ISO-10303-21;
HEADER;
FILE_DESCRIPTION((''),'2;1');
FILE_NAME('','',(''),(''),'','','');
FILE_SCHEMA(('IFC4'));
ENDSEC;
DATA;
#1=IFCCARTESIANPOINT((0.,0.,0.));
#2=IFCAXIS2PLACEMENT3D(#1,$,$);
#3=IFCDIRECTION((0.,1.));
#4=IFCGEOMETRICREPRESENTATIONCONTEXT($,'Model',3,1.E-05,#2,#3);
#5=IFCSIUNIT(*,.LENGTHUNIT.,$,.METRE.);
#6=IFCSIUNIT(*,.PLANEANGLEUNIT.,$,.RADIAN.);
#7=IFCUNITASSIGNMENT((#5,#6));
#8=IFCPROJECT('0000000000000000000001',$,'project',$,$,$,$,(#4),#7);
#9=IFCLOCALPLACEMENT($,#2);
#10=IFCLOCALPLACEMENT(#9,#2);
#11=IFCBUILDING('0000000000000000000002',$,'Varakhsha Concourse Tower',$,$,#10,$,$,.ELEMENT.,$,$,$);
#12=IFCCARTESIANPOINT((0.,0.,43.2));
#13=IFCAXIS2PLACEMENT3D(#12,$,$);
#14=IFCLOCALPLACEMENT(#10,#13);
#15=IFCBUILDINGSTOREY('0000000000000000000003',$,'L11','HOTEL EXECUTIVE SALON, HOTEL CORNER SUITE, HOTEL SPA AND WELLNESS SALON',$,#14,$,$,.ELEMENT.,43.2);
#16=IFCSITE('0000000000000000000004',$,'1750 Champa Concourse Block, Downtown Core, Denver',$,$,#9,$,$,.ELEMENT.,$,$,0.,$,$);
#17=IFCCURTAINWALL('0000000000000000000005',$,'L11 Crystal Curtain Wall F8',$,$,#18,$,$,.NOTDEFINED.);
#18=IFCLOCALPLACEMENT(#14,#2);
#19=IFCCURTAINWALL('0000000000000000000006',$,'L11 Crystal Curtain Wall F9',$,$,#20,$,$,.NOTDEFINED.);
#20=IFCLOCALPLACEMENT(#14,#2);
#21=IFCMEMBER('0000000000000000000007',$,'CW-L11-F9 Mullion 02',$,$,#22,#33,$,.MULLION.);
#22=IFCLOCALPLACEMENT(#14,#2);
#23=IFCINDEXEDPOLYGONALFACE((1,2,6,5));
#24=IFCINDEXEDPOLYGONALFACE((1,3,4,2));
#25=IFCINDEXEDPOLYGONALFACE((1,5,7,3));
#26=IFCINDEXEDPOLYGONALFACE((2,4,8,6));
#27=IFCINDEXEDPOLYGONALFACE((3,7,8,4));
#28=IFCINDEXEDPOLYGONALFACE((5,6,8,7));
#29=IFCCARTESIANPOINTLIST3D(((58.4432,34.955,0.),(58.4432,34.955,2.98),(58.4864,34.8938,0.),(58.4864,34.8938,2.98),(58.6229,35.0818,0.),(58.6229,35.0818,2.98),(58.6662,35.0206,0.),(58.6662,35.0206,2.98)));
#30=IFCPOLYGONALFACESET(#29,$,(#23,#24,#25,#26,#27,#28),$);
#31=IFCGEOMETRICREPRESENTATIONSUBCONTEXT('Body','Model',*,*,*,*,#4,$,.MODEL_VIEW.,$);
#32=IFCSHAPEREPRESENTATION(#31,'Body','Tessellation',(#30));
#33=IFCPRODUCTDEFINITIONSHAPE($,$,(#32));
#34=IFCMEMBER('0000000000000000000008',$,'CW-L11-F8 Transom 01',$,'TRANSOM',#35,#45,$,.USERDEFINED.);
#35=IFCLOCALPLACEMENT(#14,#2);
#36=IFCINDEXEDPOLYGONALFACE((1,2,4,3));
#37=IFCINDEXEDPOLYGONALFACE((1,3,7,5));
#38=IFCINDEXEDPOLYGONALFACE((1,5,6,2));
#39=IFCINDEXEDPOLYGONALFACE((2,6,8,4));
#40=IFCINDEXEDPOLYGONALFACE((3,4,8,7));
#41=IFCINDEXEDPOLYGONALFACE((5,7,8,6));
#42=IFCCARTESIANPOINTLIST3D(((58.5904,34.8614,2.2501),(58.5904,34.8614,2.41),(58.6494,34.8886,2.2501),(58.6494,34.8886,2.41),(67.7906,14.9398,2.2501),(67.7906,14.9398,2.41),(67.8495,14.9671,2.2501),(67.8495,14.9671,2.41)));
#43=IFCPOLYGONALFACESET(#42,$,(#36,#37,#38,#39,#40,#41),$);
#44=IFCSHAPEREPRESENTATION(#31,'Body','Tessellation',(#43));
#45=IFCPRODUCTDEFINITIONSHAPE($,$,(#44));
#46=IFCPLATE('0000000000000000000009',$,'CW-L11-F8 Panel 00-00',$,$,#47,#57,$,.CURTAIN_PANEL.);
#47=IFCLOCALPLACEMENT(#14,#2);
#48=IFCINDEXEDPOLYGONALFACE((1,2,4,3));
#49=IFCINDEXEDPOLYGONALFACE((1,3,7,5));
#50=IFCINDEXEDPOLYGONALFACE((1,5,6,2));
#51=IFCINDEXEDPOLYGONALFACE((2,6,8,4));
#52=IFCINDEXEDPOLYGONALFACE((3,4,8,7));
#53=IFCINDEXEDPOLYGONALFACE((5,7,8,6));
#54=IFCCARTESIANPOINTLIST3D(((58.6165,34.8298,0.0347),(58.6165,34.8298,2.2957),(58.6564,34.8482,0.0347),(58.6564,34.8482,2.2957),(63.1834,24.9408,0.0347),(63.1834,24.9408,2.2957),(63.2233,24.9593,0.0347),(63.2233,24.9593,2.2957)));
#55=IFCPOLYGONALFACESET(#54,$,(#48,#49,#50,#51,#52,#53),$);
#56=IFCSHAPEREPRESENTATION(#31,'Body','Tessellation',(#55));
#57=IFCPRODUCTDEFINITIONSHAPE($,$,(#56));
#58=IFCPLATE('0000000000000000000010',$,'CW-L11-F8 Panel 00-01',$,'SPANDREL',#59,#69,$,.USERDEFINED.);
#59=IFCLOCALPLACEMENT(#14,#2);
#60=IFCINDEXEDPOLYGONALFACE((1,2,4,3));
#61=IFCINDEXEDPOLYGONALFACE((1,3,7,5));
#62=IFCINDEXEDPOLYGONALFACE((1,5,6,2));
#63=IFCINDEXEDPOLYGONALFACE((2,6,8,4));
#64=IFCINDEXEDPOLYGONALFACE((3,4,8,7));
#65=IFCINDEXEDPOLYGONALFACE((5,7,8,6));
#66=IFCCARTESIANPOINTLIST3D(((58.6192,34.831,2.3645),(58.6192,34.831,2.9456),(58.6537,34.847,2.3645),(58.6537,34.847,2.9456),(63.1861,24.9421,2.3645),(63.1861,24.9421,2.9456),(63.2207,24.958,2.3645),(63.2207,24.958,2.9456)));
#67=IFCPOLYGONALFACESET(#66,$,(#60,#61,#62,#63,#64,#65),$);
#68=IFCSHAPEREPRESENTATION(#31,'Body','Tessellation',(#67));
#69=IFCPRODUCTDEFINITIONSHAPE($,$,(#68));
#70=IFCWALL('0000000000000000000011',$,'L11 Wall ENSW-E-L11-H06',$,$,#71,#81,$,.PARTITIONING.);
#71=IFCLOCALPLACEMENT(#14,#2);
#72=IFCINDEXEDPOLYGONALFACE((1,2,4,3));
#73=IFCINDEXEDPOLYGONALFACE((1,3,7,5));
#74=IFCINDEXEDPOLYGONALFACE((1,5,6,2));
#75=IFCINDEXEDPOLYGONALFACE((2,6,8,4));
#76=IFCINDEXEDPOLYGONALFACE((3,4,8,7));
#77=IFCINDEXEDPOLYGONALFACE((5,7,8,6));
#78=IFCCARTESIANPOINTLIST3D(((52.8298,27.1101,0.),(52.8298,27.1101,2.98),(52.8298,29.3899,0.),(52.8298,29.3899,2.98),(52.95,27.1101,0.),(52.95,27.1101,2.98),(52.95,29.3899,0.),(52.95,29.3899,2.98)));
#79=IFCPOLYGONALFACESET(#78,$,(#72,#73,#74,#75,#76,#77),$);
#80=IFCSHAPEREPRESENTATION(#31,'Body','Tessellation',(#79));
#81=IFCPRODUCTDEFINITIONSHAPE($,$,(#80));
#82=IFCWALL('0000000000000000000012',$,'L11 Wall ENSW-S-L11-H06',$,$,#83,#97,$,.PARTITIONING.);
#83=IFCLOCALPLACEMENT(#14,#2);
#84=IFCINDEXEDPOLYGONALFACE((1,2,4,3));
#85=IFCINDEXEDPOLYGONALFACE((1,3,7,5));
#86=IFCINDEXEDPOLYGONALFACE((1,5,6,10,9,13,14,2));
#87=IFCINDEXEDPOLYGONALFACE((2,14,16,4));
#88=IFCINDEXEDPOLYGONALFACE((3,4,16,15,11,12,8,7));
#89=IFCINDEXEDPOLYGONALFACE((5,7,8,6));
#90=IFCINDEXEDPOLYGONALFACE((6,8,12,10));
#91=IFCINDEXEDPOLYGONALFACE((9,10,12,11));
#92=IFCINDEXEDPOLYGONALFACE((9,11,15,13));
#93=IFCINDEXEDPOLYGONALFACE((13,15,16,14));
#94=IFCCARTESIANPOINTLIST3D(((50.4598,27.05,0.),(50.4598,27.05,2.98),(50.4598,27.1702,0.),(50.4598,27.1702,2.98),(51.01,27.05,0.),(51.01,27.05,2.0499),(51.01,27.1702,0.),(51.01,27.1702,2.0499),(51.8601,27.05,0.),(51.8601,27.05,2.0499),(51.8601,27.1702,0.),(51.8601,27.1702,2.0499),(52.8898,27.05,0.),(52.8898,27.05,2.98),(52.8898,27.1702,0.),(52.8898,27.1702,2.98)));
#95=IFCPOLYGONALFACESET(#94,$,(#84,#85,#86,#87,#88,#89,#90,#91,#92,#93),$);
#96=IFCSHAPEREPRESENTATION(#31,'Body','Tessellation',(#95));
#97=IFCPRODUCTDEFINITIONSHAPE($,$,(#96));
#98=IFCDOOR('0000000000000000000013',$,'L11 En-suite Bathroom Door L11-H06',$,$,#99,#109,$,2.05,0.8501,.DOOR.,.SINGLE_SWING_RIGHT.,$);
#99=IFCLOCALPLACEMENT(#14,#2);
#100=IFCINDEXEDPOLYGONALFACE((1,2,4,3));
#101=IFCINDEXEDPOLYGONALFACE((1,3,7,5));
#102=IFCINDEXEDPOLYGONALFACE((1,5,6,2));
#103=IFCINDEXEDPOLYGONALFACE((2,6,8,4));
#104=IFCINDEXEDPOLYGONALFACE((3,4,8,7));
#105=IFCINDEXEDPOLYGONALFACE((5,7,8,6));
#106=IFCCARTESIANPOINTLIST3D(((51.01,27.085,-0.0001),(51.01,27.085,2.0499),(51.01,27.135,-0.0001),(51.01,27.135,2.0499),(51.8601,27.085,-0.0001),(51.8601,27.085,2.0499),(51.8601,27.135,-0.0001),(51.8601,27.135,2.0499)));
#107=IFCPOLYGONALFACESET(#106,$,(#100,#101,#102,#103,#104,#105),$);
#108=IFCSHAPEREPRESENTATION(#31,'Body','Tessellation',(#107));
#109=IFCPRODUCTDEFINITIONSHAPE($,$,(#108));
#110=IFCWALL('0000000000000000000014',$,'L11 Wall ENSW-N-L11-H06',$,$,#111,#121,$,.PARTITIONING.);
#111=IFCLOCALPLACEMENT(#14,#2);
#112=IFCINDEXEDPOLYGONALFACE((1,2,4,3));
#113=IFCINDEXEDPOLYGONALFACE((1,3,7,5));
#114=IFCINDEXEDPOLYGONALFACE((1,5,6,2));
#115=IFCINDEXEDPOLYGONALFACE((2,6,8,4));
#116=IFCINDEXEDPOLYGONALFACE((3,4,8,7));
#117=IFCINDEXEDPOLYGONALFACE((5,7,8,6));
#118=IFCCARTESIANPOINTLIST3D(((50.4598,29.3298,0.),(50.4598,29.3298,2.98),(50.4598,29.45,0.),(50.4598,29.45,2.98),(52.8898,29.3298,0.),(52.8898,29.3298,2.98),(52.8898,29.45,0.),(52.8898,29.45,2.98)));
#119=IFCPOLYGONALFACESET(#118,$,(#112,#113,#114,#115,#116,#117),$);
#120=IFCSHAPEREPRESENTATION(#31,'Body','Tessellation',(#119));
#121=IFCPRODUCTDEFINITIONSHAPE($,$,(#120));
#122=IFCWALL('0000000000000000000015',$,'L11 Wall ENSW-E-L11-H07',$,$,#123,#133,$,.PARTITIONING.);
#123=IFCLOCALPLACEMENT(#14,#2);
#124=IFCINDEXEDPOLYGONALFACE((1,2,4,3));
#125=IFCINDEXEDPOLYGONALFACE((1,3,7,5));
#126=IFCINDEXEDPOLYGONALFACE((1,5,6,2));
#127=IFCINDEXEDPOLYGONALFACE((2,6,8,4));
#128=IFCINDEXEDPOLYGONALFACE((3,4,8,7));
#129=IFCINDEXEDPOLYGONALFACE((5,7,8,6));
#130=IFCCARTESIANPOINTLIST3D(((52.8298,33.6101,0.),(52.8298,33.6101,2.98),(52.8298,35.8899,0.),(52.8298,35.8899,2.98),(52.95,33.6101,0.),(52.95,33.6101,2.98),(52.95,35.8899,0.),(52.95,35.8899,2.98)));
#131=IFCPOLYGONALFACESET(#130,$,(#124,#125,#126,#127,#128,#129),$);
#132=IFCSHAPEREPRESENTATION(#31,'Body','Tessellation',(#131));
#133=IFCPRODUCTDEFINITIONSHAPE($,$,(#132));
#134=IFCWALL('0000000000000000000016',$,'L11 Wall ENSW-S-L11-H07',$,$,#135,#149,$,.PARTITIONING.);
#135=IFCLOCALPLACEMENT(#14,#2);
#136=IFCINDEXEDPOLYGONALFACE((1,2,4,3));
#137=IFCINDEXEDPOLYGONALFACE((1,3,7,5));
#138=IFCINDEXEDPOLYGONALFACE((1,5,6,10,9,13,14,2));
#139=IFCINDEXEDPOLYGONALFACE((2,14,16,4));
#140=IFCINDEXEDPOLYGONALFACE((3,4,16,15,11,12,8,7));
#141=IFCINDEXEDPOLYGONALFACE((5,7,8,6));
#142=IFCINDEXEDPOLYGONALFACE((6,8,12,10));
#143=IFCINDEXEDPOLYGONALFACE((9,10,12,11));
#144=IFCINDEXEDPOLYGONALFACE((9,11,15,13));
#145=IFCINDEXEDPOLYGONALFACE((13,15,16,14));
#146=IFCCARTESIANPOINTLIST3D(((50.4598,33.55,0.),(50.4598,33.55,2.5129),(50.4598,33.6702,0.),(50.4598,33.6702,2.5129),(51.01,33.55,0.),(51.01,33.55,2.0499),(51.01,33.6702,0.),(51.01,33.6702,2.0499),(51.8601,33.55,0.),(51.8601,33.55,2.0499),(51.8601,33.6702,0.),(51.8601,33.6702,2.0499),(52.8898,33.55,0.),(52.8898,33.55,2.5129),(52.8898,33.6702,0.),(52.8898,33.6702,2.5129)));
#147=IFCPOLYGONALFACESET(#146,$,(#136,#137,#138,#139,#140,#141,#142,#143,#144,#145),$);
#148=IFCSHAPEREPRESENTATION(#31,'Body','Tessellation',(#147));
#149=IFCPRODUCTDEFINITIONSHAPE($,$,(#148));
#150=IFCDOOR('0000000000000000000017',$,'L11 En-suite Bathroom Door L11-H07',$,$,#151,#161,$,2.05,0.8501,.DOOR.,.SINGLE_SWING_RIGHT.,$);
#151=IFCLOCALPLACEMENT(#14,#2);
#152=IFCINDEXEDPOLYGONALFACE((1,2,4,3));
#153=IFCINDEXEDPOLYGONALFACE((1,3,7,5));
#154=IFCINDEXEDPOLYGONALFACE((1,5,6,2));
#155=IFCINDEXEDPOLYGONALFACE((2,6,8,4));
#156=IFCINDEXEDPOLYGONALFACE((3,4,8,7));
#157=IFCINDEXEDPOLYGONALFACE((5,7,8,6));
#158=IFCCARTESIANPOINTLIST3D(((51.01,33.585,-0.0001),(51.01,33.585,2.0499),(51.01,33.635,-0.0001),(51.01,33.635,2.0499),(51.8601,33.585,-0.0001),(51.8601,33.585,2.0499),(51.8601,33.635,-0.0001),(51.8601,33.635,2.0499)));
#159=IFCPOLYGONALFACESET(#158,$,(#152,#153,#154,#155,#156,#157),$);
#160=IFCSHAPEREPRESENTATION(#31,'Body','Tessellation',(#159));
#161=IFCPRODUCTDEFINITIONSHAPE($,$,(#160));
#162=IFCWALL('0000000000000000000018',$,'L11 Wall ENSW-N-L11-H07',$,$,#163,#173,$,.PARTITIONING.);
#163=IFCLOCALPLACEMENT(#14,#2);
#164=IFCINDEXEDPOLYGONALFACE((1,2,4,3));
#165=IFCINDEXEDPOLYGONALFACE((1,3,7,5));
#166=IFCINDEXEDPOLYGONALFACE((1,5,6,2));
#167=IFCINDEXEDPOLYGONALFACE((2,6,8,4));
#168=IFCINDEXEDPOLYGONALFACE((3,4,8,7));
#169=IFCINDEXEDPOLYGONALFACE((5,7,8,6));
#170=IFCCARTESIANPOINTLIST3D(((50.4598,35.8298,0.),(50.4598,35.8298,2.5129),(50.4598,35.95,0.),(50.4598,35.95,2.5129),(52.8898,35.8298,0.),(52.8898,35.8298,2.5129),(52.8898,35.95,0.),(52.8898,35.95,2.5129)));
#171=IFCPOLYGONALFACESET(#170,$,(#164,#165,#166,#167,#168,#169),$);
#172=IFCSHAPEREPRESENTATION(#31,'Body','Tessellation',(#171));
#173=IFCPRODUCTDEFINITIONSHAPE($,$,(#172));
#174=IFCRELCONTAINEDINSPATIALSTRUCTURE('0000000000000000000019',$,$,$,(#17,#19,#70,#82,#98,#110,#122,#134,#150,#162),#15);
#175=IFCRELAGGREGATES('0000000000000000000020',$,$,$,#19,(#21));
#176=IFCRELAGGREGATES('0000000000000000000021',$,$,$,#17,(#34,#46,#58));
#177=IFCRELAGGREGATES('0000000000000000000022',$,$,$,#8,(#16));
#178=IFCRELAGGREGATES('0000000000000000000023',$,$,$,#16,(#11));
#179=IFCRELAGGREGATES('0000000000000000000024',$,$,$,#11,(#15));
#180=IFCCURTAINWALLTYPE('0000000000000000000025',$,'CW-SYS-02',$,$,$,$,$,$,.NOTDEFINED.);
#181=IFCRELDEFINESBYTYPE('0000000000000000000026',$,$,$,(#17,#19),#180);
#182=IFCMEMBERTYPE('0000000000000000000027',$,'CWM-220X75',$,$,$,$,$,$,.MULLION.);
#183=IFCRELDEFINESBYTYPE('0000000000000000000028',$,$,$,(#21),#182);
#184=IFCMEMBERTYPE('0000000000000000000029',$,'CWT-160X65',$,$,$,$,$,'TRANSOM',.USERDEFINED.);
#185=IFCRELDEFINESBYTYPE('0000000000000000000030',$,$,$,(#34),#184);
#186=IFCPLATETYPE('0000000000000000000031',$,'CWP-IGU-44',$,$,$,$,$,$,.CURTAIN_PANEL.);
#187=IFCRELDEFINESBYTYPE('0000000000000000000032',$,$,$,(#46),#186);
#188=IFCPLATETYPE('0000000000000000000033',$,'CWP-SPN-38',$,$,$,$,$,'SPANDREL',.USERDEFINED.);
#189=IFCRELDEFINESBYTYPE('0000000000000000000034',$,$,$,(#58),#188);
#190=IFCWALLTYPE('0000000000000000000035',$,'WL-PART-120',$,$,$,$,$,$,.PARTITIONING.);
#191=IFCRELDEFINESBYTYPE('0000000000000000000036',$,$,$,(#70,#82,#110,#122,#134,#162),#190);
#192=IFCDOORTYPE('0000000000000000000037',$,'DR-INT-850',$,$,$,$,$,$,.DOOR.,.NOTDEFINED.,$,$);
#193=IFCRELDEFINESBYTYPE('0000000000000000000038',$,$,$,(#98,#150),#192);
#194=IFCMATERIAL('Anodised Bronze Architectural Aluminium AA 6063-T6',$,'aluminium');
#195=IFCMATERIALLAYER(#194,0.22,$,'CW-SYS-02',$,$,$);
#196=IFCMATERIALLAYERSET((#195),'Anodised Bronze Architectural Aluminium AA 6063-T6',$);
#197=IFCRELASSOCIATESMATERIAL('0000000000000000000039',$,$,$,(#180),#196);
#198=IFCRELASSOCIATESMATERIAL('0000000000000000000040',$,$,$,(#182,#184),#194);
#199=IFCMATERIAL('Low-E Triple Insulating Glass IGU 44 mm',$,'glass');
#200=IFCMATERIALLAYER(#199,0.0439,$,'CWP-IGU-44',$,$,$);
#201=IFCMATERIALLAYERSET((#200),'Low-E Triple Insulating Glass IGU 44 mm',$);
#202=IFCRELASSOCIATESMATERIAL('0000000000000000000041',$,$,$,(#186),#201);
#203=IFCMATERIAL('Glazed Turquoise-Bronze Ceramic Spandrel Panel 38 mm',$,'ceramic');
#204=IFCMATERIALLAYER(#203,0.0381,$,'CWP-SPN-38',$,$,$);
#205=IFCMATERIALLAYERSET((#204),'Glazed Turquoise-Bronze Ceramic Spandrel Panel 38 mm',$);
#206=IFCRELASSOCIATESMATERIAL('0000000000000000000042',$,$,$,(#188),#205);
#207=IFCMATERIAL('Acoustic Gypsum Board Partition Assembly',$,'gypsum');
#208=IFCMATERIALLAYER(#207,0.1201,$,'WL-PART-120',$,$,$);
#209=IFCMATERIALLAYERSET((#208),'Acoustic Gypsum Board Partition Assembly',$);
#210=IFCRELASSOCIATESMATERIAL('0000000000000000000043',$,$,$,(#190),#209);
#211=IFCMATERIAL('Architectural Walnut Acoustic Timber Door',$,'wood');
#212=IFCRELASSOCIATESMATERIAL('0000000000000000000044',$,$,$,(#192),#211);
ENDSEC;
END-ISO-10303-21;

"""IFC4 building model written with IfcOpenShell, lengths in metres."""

from ifc_helpers import new_model, si_unit, direction, frame, frame_2d, origin, origin_2d, place, context, subcontext, project, spatial, rectangle, extrude, source, transform, mapped, material, layer, layer_set, material_profile, profile_set, type_object, type_shapes, element, fill, aggregate, save


model = new_model("IFC4")

# Units and contexts
model_context = context("Model", 3, precision=1e-05, world=origin(), true_north=direction((0.0, 1.0)))
body_context = subcontext(model_context, "Body", "Model", "MODEL_VIEW")
ifc_project = project(units=[si_unit("LENGTHUNIT", "METRE"), si_unit("PLANEANGLEUNIT", "RADIAN")], contexts=[model_context])

# Site, building, storey
site_placement = place(None, origin())
site = spatial("IfcSite", under=ifc_project, at=site_placement, Name="1750 Champa Concourse Block, Downtown Core, Denver", CompositionType="ELEMENT", RefElevation=0.0)
building_placement = place(site_placement, origin())
building = spatial("IfcBuilding", under=site, at=building_placement, Name="Varakhsha Concourse Tower", CompositionType="ELEMENT")
storey_placement = place(building_placement, frame((0.0, 0.0, 43.2)))
storey = spatial("IfcBuildingStorey", under=building, at=storey_placement, Name="L11", Description="HOTEL EXECUTIVE SALON, HOTEL CORNER SUITE, HOTEL SPA AND WELLNESS SALON", CompositionType="ELEMENT", Elevation=43.2)

# Curtain wall
ifc_material_1 = material(Name="Anodised Bronze Architectural Aluminium AA 6063-T6", Category="aluminium")
ifc_layer_1 = layer(ifc_material_1, 0.22, Name="CW-SYS-02")
ifc_layer_set_1 = layer_set([ifc_layer_1], Name="Anodised Bronze Architectural Aluminium AA 6063-T6")
curtain_wall_type = type_object("IfcCurtainWallType", Name="CW-SYS-02", PredefinedType="NOTDEFINED", material=ifc_layer_set_1)
curtain_wall_1_placement = place(storey_placement, origin())
curtain_wall_1 = element("IfcCurtainWall", 1, at=curtain_wall_1_placement, inside=storey, type_object=curtain_wall_type, Name="L11 Crystal Curtain Wall F8", PredefinedType="NOTDEFINED")
ifc_material_profile_1 = material_profile(ifc_material_1, rectangle(XDim=0.075, YDim=0.22, at=origin_2d()), Name="CWM-220X75")
ifc_profile_set_1 = profile_set([ifc_material_profile_1], Name="Anodised Bronze Architectural Aluminium AA 6063-T6")
member_type_1 = type_object("IfcMemberType", Name="CWM-220X75", PredefinedType="MULLION", material=ifc_profile_set_1)
shared_shape_1 = source(origin(), body_context, "Body", "SweptSolid", [
    extrude(rectangle(XDim=0.075, YDim=0.22, at=origin_2d()), origin(), (0.0, 0.0, 1.0), 2.98),
])
type_shapes(member_type_1, [shared_shape_1])

# Curtain wall, member
curtain_wall_2_placement = place(storey_placement, origin())
curtain_wall_2 = element("IfcCurtainWall", 2, at=curtain_wall_2_placement, inside=storey, type_object=curtain_wall_type, Name="L11 Crystal Curtain Wall F9", PredefinedType="NOTDEFINED")
member_1_placement = place(storey_placement, frame((58.5547, 34.9878, 0.0), z_axis=(0.0, 0.0, 1.0), x_axis=(0.576593, -0.817031, 0.0)))
member_1 = element("IfcMember", 3, at=member_1_placement, type_object=member_type_1, Name="CW-L11-F9 Mullion 02", PredefinedType="MULLION", context=body_context, shape_type="MappedRepresentation", body=[
    mapped(shared_shape_1, transform((0.0, 0.0, 0.0), scale=1.0)),
])
aggregate(curtain_wall_2, [member_1])

# Member
ifc_material_profile_2 = material_profile(ifc_material_1, rectangle(XDim=0.0649, YDim=0.1599, at=origin_2d()), Name="CWT-160X65")
ifc_profile_set_2 = profile_set([ifc_material_profile_2], Name="Anodised Bronze Architectural Aluminium AA 6063-T6")
member_type_2 = type_object("IfcMemberType", Name="CWT-160X65", ElementType="TRANSOM", PredefinedType="USERDEFINED", material=ifc_profile_set_2)
shared_shape_2 = source(origin(), body_context, "Body", "SweptSolid", [
    extrude(rectangle(XDim=0.0649, YDim=0.1599, at=origin_2d()), origin(), (0.0, 0.0, 1.0), 21.9434),
])
type_shapes(member_type_2, [shared_shape_2])
member_2_placement = place(storey_placement, frame((58.6199, 34.875, 2.3301), z_axis=(0.419268, -0.907862, 0.0), x_axis=(0.907862, 0.419268, 0.0)))
member_2 = element("IfcMember", 4, at=member_2_placement, type_object=member_type_2, Name="CW-L11-F8 Transom 01", ObjectType="TRANSOM", PredefinedType="USERDEFINED", context=body_context, shape_type="MappedRepresentation", body=[
    mapped(shared_shape_2, transform((0.0, 0.0, 0.0), scale=1.0)),
])

# Plates
ifc_material_2 = material(Name="Low-E Triple Insulating Glass IGU 44 mm", Category="glass")
ifc_layer_2 = layer(ifc_material_2, 0.0439, Name="CWP-IGU-44")
ifc_layer_set_2 = layer_set([ifc_layer_2], Name="Low-E Triple Insulating Glass IGU 44 mm")
plate_type_1 = type_object("IfcPlateType", Name="CWP-IGU-44", PredefinedType="CURTAIN_PANEL", material=ifc_layer_set_2)
shared_shape_3 = source(origin(), body_context, "Body", "SweptSolid", [
    extrude(rectangle(XDim=10.8926, YDim=0.0439, at=origin_2d()), origin(), (0.0, 0.0, 1.0), 2.261),
])
type_shapes(plate_type_1, [shared_shape_3])
plate_1_placement = place(storey_placement, frame((60.9199, 29.8945, 0.0347), z_axis=(0.0, 0.0, 1.0), x_axis=(0.41927, -0.907862, 0.0)))
plate_1 = element("IfcPlate", 5, at=plate_1_placement, type_object=plate_type_1, Name="CW-L11-F8 Panel 00-00", PredefinedType="CURTAIN_PANEL", context=body_context, shape_type="MappedRepresentation", body=[
    mapped(shared_shape_3, transform((0.0, 0.0, 0.0), scale=1.0)),
])
ifc_material_3 = material(Name="Glazed Turquoise-Bronze Ceramic Spandrel Panel 38 mm", Category="ceramic")
ifc_layer_3 = layer(ifc_material_3, 0.0381, Name="CWP-SPN-38")
ifc_layer_set_3 = layer_set([ifc_layer_3], Name="Glazed Turquoise-Bronze Ceramic Spandrel Panel 38 mm")
plate_type_2 = type_object("IfcPlateType", Name="CWP-SPN-38", ElementType="SPANDREL", PredefinedType="USERDEFINED", material=ifc_layer_set_3)
shared_shape_4 = source(origin(), body_context, "Body", "SweptSolid", [
    extrude(rectangle(XDim=10.8926, YDim=0.0381, at=origin_2d()), origin(), (0.0, 0.0, 1.0), 0.5811),
])
type_shapes(plate_type_2, [shared_shape_4])
plate_2_placement = place(storey_placement, frame((60.9199, 29.8945, 2.3645), z_axis=(0.0, 0.0, 1.0), x_axis=(0.41927, -0.907862, 0.0)))
plate_2 = element("IfcPlate", 6, at=plate_2_placement, type_object=plate_type_2, Name="CW-L11-F8 Panel 00-01", ObjectType="SPANDREL", PredefinedType="USERDEFINED", context=body_context, shape_type="MappedRepresentation", body=[
    mapped(shared_shape_4, transform((0.0, 0.0, 0.0), scale=1.0)),
])
aggregate(curtain_wall_1, [member_2, plate_1, plate_2])

# Wall
ifc_material_4 = material(Name="Acoustic Gypsum Board Partition Assembly", Category="gypsum")
ifc_layer_4 = layer(ifc_material_4, 0.1201, Name="WL-PART-120")
ifc_layer_set_4 = layer_set([ifc_layer_4], Name="Acoustic Gypsum Board Partition Assembly")
wall_type_1 = type_object("IfcWallType", Name="WL-PART-120", PredefinedType="PARTITIONING", material=ifc_layer_set_4)
wall_1_placement = place(storey_placement, frame((52.8899, 27.1101, 0.0), z_axis=(0.0, 0.0, 1.0), x_axis=(0.0, 1.0, 0.0)))
element("IfcWall", 7, at=wall_1_placement, inside=storey, type_object=wall_type_1, Name="L11 Wall ENSW-E-L11-H06", PredefinedType="PARTITIONING", context=body_context, shape_type="SweptSolid", body=[
    extrude(rectangle(XDim=2.2798, YDim=0.1201, at=frame_2d((1.1399, 0.0))), origin(), (0.0, 0.0, 1.0), 2.98),
])

# Wall, opening, door
wall_2_placement = place(storey_placement, frame((50.46, 27.1101, 0.0), z_axis=(0.0, 0.0, 1.0), x_axis=(1.0, 0.0, 0.0)))
wall_2 = element("IfcWall", 8, at=wall_2_placement, inside=storey, type_object=wall_type_1, Name="L11 Wall ENSW-S-L11-H06", PredefinedType="PARTITIONING", context=body_context, shape_type="SweptSolid", body=[
    extrude(rectangle(XDim=2.4299, YDim=0.1201, at=frame_2d((1.2148, 0.0))), origin(), (0.0, 0.0, 1.0), 2.98),
])
opening_1_placement = place(wall_2_placement, frame((0.55, 0.0, 0.0)))
opening_1 = element("IfcOpeningElement", 9, at=opening_1_placement, cuts=wall_2, PredefinedType="OPENING", context=body_context, shape_type="SweptSolid", body=[
    extrude(rectangle(XDim=0.8501, YDim=2.05, at=frame_2d((0.425, 1.0249))), frame((0.0, 0.0701, 0.0), z_axis=(0.0, -1.0, 0.0), x_axis=(1.0, 0.0, 0.0)), (0.0, 0.0, 1.0), 0.1401),
])
ifc_material_5 = material(Name="Architectural Walnut Acoustic Timber Door", Category="wood")
door_type = type_object("IfcDoorType", Name="DR-INT-850", OperationType="NOTDEFINED", PredefinedType="DOOR", material=ifc_material_5)
door_1_placement = place(opening_1_placement, origin())
door_1 = element("IfcDoor", 10, at=door_1_placement, inside=storey, type_object=door_type, Name="L11 En-suite Bathroom Door L11-H06", OperationType="SINGLE_SWING_RIGHT", OverallHeight=2.05, OverallWidth=0.8501, PredefinedType="DOOR", context=body_context, shape_type="SweptSolid", body=[
    extrude(rectangle(XDim=0.8501, YDim=2.05, at=frame_2d((0.425, 1.0249))), frame((0.0, 0.0249, 0.0), z_axis=(0.0, -1.0, 0.0), x_axis=(1.0, 0.0, 0.0)), (0.0, 0.0, 1.0), 0.05),
])
fill(opening_1, door_1)

# Walls
wall_3_placement = place(storey_placement, frame((50.46, 29.3899, 0.0), z_axis=(0.0, 0.0, 1.0), x_axis=(1.0, 0.0, 0.0)))
element("IfcWall", 11, at=wall_3_placement, inside=storey, type_object=wall_type_1, Name="L11 Wall ENSW-N-L11-H06", PredefinedType="PARTITIONING", context=body_context, shape_type="SweptSolid", body=[
    extrude(rectangle(XDim=2.4299, YDim=0.1201, at=frame_2d((1.2148, 0.0))), origin(), (0.0, 0.0, 1.0), 2.98),
])
wall_4_placement = place(storey_placement, frame((52.8899, 33.6101, 0.0), z_axis=(0.0, 0.0, 1.0), x_axis=(0.0, 1.0, 0.0)))
element("IfcWall", 12, at=wall_4_placement, inside=storey, type_object=wall_type_1, Name="L11 Wall ENSW-E-L11-H07", PredefinedType="PARTITIONING", context=body_context, shape_type="SweptSolid", body=[
    extrude(rectangle(XDim=2.2798, YDim=0.1201, at=frame_2d((1.1399, 0.0))), origin(), (0.0, 0.0, 1.0), 2.98),
])

# Wall, opening, door
wall_5_placement = place(storey_placement, frame((50.46, 33.6101, 0.0), z_axis=(0.0, 0.0, 1.0), x_axis=(1.0, 0.0, 0.0)))
wall_5 = element("IfcWall", 13, at=wall_5_placement, inside=storey, type_object=wall_type_1, Name="L11 Wall ENSW-S-L11-H07", PredefinedType="PARTITIONING", context=body_context, shape_type="SweptSolid", body=[
    extrude(rectangle(XDim=2.4299, YDim=0.1201, at=frame_2d((1.2148, 0.0))), origin(), (0.0, 0.0, 1.0), 2.5129),
])
opening_2_placement = place(wall_5_placement, frame((0.55, 0.0, 0.0)))
opening_2 = element("IfcOpeningElement", 14, at=opening_2_placement, cuts=wall_5, PredefinedType="OPENING", context=body_context, shape_type="SweptSolid", body=[
    extrude(rectangle(XDim=0.8501, YDim=2.05, at=frame_2d((0.425, 1.0249))), frame((0.0, 0.0701, 0.0), z_axis=(0.0, -1.0, 0.0), x_axis=(1.0, 0.0, 0.0)), (0.0, 0.0, 1.0), 0.1401),
])
door_2_placement = place(opening_2_placement, origin())
door_2 = element("IfcDoor", 15, at=door_2_placement, inside=storey, type_object=door_type, Name="L11 En-suite Bathroom Door L11-H07", OperationType="SINGLE_SWING_RIGHT", OverallHeight=2.05, OverallWidth=0.8501, PredefinedType="DOOR", context=body_context, shape_type="SweptSolid", body=[
    extrude(rectangle(XDim=0.8501, YDim=2.05, at=frame_2d((0.425, 1.0249))), frame((0.0, 0.0249, 0.0), z_axis=(0.0, -1.0, 0.0), x_axis=(1.0, 0.0, 0.0)), (0.0, 0.0, 1.0), 0.05),
])
fill(opening_2, door_2)

# Wall
wall_6_placement = place(storey_placement, frame((50.46, 35.8899, 0.0), z_axis=(0.0, 0.0, 1.0), x_axis=(1.0, 0.0, 0.0)))
element("IfcWall", 16, at=wall_6_placement, inside=storey, type_object=wall_type_1, Name="L11 Wall ENSW-N-L11-H07", PredefinedType="PARTITIONING", context=body_context, shape_type="SweptSolid", body=[
    extrude(rectangle(XDim=2.4299, YDim=0.1201, at=frame_2d((1.2148, 0.0))), origin(), (0.0, 0.0, 1.0), 2.5129),
])

save(model, "model.ifc")
